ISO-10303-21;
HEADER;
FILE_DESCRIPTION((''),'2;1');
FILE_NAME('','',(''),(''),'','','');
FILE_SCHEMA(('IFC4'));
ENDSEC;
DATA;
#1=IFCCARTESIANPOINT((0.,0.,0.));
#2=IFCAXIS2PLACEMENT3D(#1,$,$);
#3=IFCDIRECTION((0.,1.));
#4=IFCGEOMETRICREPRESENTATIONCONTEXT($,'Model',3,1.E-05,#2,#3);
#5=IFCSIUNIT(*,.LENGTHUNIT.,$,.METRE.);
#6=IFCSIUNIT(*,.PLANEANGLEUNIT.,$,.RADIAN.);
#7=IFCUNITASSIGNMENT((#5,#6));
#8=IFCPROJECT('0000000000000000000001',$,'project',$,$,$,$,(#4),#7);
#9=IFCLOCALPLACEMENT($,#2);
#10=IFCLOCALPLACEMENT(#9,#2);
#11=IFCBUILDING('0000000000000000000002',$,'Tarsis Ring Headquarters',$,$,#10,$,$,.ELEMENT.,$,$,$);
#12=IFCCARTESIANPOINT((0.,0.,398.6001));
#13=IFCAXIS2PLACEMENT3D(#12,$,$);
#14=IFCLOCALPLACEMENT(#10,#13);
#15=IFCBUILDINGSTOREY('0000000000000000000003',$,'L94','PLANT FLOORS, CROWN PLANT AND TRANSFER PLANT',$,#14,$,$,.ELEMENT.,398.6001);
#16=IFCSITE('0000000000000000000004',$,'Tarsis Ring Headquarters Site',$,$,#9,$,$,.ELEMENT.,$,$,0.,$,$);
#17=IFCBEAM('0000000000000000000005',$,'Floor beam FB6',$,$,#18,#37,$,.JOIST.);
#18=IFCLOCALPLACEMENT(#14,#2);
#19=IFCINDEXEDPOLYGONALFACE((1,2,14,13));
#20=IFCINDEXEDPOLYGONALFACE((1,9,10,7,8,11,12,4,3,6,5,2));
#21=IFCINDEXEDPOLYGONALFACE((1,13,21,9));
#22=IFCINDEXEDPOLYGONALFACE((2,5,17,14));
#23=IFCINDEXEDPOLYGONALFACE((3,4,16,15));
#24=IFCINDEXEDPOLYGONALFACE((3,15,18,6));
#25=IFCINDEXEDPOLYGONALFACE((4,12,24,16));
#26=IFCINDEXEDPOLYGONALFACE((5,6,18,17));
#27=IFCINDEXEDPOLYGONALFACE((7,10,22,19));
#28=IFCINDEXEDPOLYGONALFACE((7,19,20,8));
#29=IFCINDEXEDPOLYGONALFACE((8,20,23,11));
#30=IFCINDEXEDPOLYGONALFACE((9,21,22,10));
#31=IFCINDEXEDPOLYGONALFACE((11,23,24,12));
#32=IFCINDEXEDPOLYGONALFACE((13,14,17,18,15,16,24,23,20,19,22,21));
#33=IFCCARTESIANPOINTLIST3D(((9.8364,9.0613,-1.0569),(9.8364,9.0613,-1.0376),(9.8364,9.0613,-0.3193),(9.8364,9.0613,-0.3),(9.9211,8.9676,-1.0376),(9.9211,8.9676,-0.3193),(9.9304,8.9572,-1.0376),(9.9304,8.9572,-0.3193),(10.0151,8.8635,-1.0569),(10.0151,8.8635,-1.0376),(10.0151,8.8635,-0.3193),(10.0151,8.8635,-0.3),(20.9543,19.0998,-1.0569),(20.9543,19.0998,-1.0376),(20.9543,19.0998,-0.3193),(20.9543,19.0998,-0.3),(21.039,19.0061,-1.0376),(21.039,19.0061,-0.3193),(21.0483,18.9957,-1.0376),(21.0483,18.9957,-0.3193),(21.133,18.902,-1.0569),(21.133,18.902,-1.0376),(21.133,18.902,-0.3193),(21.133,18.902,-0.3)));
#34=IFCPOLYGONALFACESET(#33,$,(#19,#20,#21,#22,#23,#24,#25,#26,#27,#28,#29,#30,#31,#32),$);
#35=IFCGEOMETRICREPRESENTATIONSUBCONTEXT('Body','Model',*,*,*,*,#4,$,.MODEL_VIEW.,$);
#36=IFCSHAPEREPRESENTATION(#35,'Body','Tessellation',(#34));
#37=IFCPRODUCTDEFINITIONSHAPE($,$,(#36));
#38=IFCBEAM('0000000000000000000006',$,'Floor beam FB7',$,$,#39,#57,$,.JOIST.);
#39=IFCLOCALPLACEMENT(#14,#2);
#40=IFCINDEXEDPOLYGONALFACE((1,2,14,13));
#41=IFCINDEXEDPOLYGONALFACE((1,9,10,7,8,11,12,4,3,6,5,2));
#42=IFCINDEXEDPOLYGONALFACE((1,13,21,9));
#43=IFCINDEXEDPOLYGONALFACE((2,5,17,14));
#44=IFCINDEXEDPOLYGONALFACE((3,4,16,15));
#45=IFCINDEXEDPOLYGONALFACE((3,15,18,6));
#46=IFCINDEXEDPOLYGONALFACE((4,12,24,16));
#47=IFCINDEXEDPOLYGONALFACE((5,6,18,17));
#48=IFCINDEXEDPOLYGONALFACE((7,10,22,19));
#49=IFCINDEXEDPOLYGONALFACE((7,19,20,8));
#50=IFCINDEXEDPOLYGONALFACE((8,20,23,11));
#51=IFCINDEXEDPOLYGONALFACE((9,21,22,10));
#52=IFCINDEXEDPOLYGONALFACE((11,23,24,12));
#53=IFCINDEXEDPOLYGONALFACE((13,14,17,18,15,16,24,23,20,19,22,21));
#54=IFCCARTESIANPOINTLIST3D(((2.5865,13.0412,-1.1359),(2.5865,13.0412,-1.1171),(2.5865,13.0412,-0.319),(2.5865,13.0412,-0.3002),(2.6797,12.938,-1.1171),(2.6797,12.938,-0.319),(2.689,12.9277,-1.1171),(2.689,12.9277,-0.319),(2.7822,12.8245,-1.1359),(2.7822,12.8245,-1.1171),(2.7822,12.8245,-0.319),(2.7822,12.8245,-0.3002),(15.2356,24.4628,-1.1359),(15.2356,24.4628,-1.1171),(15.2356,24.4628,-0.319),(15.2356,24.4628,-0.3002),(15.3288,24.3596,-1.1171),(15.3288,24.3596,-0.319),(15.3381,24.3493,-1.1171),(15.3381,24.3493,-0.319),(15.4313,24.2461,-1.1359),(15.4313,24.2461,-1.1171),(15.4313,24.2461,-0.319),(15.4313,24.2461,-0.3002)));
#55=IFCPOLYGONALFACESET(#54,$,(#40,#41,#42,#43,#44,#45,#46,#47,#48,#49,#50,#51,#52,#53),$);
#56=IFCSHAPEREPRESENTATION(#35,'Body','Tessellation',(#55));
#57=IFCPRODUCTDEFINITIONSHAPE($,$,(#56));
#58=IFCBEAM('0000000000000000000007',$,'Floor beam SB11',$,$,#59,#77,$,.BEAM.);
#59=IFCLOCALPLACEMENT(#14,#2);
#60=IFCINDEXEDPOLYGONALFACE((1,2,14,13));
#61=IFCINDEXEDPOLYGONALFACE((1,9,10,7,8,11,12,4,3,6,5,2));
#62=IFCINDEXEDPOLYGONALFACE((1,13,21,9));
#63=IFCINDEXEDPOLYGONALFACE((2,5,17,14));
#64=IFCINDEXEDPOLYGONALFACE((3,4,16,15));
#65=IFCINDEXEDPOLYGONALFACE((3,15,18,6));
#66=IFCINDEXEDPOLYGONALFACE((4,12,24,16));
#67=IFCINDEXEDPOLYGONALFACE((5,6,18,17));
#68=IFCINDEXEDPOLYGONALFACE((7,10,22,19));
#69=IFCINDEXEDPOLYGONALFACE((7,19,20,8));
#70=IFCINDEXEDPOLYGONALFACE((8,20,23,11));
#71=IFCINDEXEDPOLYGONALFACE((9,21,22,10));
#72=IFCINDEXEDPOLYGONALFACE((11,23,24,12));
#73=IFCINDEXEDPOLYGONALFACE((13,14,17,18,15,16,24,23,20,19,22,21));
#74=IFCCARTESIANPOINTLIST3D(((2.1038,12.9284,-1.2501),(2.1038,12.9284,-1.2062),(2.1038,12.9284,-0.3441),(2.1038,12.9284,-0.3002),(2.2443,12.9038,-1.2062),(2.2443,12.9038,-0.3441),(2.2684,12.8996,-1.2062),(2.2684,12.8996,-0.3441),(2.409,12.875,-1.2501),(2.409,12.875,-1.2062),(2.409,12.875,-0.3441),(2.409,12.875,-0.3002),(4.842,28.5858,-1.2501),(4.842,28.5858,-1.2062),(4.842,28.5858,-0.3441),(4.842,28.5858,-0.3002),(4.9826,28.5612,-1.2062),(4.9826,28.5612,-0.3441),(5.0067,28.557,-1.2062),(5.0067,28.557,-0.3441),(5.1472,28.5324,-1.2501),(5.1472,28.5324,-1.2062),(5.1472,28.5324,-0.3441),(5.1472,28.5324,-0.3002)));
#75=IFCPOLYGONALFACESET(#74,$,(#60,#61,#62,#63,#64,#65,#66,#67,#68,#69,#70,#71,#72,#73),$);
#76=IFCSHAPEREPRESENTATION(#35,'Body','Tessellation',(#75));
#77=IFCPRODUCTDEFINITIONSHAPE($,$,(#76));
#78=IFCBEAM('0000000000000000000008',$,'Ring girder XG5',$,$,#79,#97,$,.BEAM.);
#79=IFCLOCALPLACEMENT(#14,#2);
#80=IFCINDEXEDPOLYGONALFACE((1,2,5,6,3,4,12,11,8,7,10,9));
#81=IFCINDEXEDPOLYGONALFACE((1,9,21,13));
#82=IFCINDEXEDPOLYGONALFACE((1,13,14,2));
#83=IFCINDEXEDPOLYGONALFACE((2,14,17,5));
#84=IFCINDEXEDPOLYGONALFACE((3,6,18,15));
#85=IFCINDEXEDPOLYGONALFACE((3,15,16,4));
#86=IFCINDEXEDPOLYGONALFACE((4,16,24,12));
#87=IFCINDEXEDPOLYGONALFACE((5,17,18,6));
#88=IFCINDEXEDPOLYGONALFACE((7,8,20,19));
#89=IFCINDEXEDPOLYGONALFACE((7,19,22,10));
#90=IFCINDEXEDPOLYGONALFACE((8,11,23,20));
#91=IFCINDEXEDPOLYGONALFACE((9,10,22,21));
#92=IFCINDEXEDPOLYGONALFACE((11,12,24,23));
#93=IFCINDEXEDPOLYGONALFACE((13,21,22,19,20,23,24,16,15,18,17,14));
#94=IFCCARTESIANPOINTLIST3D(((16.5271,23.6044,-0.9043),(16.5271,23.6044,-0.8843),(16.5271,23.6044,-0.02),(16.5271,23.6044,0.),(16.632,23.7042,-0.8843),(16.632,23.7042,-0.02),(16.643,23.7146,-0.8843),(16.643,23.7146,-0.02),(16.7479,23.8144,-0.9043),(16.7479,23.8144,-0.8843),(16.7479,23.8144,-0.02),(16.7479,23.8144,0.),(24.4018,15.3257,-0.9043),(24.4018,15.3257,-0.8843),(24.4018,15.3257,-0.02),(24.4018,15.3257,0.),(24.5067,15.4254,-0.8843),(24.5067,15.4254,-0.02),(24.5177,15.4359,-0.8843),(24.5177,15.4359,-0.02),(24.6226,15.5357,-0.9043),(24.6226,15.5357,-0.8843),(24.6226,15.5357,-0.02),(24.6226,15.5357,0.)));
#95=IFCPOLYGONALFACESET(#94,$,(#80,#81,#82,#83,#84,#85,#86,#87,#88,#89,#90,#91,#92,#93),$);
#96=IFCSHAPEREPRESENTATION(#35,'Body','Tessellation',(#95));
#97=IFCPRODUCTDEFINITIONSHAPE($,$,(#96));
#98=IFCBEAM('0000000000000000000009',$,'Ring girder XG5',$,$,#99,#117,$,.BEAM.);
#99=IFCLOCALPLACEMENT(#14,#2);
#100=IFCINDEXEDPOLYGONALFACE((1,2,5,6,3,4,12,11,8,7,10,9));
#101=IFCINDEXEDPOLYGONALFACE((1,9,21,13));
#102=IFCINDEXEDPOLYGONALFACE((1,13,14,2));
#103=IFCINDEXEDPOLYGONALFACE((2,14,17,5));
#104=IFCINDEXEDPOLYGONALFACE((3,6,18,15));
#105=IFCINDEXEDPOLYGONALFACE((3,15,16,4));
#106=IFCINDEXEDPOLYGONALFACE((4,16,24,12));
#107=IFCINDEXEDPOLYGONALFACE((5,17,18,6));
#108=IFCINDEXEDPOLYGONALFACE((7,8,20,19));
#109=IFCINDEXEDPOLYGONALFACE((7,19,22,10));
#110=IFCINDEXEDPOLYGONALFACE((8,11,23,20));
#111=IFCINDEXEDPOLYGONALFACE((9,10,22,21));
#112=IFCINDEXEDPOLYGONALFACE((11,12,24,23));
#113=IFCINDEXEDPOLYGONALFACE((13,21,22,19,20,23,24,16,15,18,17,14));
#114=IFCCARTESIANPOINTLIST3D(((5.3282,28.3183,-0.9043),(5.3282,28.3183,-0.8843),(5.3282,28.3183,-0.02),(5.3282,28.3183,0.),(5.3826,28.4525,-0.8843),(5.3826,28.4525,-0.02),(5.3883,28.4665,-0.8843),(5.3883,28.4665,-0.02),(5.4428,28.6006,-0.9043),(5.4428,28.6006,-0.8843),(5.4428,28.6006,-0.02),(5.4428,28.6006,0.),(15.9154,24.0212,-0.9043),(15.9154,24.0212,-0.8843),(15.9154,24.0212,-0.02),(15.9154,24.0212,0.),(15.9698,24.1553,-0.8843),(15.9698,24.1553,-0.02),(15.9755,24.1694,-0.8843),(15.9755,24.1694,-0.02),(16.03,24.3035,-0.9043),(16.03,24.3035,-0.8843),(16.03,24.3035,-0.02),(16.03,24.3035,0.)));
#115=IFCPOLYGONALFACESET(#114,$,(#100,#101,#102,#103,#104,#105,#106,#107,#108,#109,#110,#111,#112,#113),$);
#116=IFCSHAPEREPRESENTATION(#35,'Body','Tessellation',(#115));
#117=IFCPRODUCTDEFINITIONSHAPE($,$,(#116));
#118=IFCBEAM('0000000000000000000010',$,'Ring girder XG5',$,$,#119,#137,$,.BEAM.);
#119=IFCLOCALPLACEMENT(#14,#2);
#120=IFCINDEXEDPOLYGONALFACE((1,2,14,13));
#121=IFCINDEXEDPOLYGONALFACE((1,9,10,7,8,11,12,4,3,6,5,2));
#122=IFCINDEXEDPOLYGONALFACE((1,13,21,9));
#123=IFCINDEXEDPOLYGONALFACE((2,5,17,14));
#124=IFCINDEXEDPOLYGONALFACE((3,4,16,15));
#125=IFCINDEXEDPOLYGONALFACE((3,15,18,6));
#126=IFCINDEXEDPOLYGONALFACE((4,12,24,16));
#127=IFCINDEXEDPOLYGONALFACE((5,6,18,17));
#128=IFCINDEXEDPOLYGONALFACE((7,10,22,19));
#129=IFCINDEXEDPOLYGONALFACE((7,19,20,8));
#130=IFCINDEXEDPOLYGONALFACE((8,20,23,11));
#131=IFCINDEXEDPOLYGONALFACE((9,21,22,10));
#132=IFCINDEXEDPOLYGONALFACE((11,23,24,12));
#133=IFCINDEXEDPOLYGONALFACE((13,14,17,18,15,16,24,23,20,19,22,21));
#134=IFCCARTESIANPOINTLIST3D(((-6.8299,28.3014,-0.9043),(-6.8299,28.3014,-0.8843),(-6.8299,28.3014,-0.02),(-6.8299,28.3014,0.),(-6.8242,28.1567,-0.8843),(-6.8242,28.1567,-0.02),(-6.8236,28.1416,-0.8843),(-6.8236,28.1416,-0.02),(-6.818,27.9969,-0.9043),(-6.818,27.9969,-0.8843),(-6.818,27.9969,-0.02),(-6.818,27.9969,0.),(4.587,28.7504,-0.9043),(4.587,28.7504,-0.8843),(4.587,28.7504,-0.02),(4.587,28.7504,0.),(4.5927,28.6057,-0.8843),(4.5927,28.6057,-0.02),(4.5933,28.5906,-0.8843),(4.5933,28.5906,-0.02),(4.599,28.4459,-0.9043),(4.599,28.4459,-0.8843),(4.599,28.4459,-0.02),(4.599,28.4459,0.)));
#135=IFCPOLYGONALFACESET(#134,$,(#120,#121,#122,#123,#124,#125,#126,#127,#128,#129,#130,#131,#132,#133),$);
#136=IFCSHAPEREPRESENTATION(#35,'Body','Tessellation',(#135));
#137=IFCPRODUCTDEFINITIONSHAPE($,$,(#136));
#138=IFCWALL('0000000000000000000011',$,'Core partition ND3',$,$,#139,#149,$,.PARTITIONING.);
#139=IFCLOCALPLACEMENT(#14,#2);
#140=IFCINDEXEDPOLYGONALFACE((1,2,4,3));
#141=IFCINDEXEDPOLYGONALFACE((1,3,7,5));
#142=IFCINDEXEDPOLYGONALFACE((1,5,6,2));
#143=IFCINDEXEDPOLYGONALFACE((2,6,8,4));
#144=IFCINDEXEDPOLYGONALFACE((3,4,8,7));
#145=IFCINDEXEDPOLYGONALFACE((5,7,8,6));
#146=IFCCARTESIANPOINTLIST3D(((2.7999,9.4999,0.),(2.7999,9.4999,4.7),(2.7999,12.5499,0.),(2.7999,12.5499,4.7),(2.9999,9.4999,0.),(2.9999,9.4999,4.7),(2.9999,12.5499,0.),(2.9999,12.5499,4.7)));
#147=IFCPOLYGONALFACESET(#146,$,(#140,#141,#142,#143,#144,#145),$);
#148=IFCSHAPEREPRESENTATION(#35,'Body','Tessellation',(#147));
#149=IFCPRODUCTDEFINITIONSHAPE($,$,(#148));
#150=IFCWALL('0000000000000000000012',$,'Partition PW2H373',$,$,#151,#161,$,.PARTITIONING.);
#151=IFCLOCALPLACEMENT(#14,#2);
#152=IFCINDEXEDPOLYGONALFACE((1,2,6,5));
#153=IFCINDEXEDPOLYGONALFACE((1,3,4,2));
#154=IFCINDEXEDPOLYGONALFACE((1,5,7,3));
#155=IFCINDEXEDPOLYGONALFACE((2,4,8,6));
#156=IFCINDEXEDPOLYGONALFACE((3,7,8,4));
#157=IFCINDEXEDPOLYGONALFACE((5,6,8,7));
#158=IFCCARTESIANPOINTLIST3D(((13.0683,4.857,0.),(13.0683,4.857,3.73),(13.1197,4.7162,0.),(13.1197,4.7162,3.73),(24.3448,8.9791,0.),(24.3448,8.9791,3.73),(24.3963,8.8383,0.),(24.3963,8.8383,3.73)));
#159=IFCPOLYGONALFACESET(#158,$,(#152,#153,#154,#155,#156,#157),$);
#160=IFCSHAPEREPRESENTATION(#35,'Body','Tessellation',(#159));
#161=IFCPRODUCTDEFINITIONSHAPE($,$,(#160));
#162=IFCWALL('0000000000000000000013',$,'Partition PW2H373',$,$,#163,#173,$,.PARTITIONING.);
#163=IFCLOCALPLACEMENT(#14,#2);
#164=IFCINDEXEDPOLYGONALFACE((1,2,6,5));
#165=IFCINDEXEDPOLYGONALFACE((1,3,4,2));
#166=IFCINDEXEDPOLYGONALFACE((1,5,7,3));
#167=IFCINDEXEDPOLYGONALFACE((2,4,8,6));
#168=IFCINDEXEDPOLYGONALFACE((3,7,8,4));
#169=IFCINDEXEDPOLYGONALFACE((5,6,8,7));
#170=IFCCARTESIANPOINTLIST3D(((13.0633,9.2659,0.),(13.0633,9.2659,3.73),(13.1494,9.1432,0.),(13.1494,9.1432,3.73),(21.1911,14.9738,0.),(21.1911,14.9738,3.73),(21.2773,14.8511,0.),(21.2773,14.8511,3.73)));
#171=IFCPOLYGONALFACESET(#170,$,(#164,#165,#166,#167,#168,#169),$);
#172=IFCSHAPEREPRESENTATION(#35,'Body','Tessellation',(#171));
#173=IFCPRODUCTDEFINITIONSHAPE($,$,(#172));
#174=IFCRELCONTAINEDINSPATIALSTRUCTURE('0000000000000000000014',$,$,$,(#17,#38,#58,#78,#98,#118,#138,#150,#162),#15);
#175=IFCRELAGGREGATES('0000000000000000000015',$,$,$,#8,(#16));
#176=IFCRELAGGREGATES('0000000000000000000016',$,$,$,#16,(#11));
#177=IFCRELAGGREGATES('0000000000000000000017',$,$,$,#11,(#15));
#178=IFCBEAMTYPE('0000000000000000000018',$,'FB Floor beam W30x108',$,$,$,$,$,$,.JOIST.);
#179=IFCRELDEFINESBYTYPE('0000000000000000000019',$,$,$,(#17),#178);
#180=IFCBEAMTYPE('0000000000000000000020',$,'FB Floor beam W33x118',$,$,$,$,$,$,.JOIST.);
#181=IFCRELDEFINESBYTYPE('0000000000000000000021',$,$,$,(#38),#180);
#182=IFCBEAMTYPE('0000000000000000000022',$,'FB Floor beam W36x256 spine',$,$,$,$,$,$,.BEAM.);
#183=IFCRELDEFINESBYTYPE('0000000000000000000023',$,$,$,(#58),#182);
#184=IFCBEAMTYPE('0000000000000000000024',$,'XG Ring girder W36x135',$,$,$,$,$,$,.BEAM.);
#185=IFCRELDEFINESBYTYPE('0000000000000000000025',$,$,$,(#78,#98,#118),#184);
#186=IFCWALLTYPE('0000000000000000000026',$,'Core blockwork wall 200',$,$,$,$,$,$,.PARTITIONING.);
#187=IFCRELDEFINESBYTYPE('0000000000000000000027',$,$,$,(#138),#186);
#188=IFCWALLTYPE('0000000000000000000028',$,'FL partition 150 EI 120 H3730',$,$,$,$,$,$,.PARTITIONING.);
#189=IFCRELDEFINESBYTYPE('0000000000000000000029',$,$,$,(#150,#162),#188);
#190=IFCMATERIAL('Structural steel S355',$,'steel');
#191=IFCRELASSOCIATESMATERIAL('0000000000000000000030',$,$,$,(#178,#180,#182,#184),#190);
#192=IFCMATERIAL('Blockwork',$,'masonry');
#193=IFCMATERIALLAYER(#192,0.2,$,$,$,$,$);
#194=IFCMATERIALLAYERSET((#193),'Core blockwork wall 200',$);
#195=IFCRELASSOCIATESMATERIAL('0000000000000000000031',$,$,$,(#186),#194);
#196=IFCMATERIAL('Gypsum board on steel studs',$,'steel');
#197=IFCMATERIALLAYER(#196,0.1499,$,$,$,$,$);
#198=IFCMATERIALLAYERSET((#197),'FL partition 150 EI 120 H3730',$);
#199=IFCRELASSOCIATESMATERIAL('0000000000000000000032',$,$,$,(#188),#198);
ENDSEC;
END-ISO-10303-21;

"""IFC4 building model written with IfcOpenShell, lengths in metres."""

from ifc_helpers import new_model, si_unit, direction, frame, frame_2d, origin, origin_2d, place, context, subcontext, project, spatial, rectangle, i_section, extrude, material, layer, layer_set, material_profile, profile_set, type_object, element, save


model = new_model("IFC4")

# Units and contexts
model_context = context("Model", 3, precision=1e-05, world=origin(), true_north=direction((0.0, 1.0)))
body_context = subcontext(model_context, "Body", "Model", "MODEL_VIEW")
ifc_project = project(units=[si_unit("LENGTHUNIT", "METRE"), si_unit("PLANEANGLEUNIT", "RADIAN")], contexts=[model_context])

# Site, building, storey
site_placement = place(None, origin())
site = spatial("IfcSite", under=ifc_project, at=site_placement, Name="Tarsis Ring Headquarters Site", CompositionType="ELEMENT", RefElevation=0.0)
building_placement = place(site_placement, origin())
building = spatial("IfcBuilding", under=site, at=building_placement, Name="Tarsis Ring Headquarters", CompositionType="ELEMENT")
storey_placement = place(building_placement, frame((0.0, 0.0, 398.6001)))
storey = spatial("IfcBuildingStorey", under=building, at=storey_placement, Name="L94", Description="PLANT FLOORS, CROWN PLANT AND TRANSFER PLANT", CompositionType="ELEMENT", Elevation=398.6001)

# Shared definitions
ifc_material_1 = material(Name="Structural steel S355", Category="steel")

# Beams
ifc_material_profile_1 = material_profile(ifc_material_1, i_section(OverallWidth=0.2666, OverallDepth=0.7568, WebThickness=0.0139, FlangeThickness=0.0193, at=origin_2d()), Name="W30x108")
ifc_profile_set_1 = profile_set([ifc_material_profile_1], Name="Structural steel S355")
beam_type_1 = type_object("IfcBeamType", Name="FB Floor beam W30x108", PredefinedType="JOIST", material=ifc_profile_set_1)
beam_1_placement = place(storey_placement, frame((9.9258, 8.9624, -0.6785), z_axis=(0.742216, 0.670161, 0.0), x_axis=(-0.670161, 0.742216, 0.0)))
element("IfcBeam", 1, at=beam_1_placement, inside=storey, type_object=beam_type_1, Name="Floor beam FB6", PredefinedType="JOIST", context=body_context, shape_type="SweptSolid", body=[
    extrude(i_section(OverallWidth=0.2666, OverallDepth=0.7568, WebThickness=0.0139, FlangeThickness=0.0193, at=origin_2d()), origin(), (0.0, 0.0, 1.0), 14.9792),
])
ifc_material_profile_2 = material_profile(ifc_material_1, i_section(OverallWidth=0.292, OverallDepth=0.8357, WebThickness=0.0139, FlangeThickness=0.0188, at=origin_2d()), Name="W33x118")
ifc_profile_set_2 = profile_set([ifc_material_profile_2], Name="Structural steel S355")
beam_type_2 = type_object("IfcBeamType", Name="FB Floor beam W33x118", PredefinedType="JOIST", material=ifc_profile_set_2)
beam_2_placement = place(storey_placement, frame((2.6843, 12.9329, -0.718), z_axis=(0.742203, 0.670176, 0.0), x_axis=(-0.670176, 0.742203, 0.0)))
element("IfcBeam", 2, at=beam_2_placement, inside=storey, type_object=beam_type_2, Name="Floor beam FB7", PredefinedType="JOIST", context=body_context, shape_type="SweptSolid", body=[
    extrude(i_section(OverallWidth=0.292, OverallDepth=0.8357, WebThickness=0.0139, FlangeThickness=0.0188, at=origin_2d()), origin(), (0.0, 0.0, 1.0), 17.0427),
])
ifc_material_profile_3 = material_profile(ifc_material_1, i_section(OverallWidth=0.3098, OverallDepth=0.95, WebThickness=0.0244, FlangeThickness=0.0439, at=origin_2d()), Name="W36x256")
ifc_profile_set_3 = profile_set([ifc_material_profile_3], Name="Structural steel S355")
beam_type_3 = type_object("IfcBeamType", Name="FB Floor beam W36x256 spine", PredefinedType="BEAM", material=ifc_profile_set_3)
beam_3_placement = place(storey_placement, frame((4.9946, 28.5591, -0.7751), z_axis=(-0.172272, -0.985049, 0.0), x_axis=(0.985049, -0.172272, 0.0)))
element("IfcBeam", 3, at=beam_3_placement, inside=storey, type_object=beam_type_3, Name="Floor beam SB11", PredefinedType="BEAM", context=body_context, shape_type="SweptSolid", body=[
    extrude(i_section(OverallWidth=0.3098, OverallDepth=0.95, WebThickness=0.0244, FlangeThickness=0.0439, at=origin_2d()), origin(), (0.0, 0.0, 1.0), 15.895),
])
ifc_material_profile_4 = material_profile(ifc_material_1, i_section(OverallWidth=0.3047, OverallDepth=0.9043, WebThickness=0.0151, FlangeThickness=0.02, at=origin_2d()), Name="W36x135")
ifc_profile_set_4 = profile_set([ifc_material_profile_4], Name="Structural steel S355")
beam_type_4 = type_object("IfcBeamType", Name="XG Ring girder W36x135", PredefinedType="BEAM", material=ifc_profile_set_4)
beam_4_placement = place(storey_placement, frame((24.5122, 15.4307, -0.4521), z_axis=(-0.689204, 0.724567, 0.0), x_axis=(-0.724567, -0.689204, 0.0)))
element("IfcBeam", 4, at=beam_4_placement, inside=storey, type_object=beam_type_4, Name="Ring girder XG5", PredefinedType="BEAM", context=body_context, shape_type="SweptSolid", body=[
    extrude(i_section(OverallWidth=0.3047, OverallDepth=0.9043, WebThickness=0.0151, FlangeThickness=0.02, at=origin_2d()), origin(), (0.0, 0.0, 1.0), 11.4258),
])
beam_5_placement = place(storey_placement, frame((15.9727, 24.1624, -0.4521), z_axis=(-0.926586, 0.376083, 0.0), x_axis=(-0.376083, -0.926586, 0.0)))
element("IfcBeam", 5, at=beam_5_placement, inside=storey, type_object=beam_type_4, Name="Ring girder XG5", PredefinedType="BEAM", context=body_context, shape_type="SweptSolid", body=[
    extrude(i_section(OverallWidth=0.3047, OverallDepth=0.9043, WebThickness=0.0151, FlangeThickness=0.02, at=origin_2d()), origin(), (0.0, 0.0, 1.0), 11.426),
])
beam_6_placement = place(storey_placement, frame((4.593, 28.5981, -0.4521), z_axis=(-0.999228, -0.039295, 0.0), x_axis=(0.039295, -0.999228, 0.0)))
element("IfcBeam", 6, at=beam_6_placement, inside=storey, type_object=beam_type_4, Name="Ring girder XG5", PredefinedType="BEAM", context=body_context, shape_type="SweptSolid", body=[
    extrude(i_section(OverallWidth=0.3047, OverallDepth=0.9043, WebThickness=0.0151, FlangeThickness=0.02, at=origin_2d()), origin(), (0.0, 0.0, 1.0), 11.4258),
])

# Walls
ifc_material_2 = material(Name="Blockwork", Category="masonry")
ifc_layer_1 = layer(ifc_material_2, 0.2)
ifc_layer_set_1 = layer_set([ifc_layer_1], Name="Core blockwork wall 200")
wall_type_1 = type_object("IfcWallType", Name="Core blockwork wall 200", PredefinedType="PARTITIONING", material=ifc_layer_set_1)
wall_1_placement = place(storey_placement, frame((2.8999, 9.5, 0.0), z_axis=(0.0, 0.0, 1.0), x_axis=(0.0, 1.0, 0.0)))
element("IfcWall", 7, at=wall_1_placement, inside=storey, type_object=wall_type_1, Name="Core partition ND3", PredefinedType="PARTITIONING", context=body_context, shape_type="SweptSolid", body=[
    extrude(rectangle(XDim=3.05, YDim=0.2, at=frame_2d((1.5249, 0.0))), origin(), (0.0, 0.0, 1.0), 4.7),
])
ifc_material_3 = material(Name="Gypsum board on steel studs", Category="steel")
ifc_layer_2 = layer(ifc_material_3, 0.1499)
ifc_layer_set_2 = layer_set([ifc_layer_2], Name="FL partition 150 EI 120 H3730")
wall_type_2 = type_object("IfcWallType", Name="FL partition 150 EI 120 H3730", PredefinedType="PARTITIONING", material=ifc_layer_set_2)
wall_2_placement = place(storey_placement, frame((13.094, 4.7866, 0.0), z_axis=(0.0, 0.0, 1.0), x_axis=(0.939217, 0.343323, 0.0)))
element("IfcWall", 8, at=wall_2_placement, inside=storey, type_object=wall_type_2, Name="Partition PW2H373", PredefinedType="PARTITIONING", context=body_context, shape_type="SweptSolid", body=[
    extrude(rectangle(XDim=12.0063, YDim=0.1499, at=frame_2d((6.0032, 0.0))), origin(), (0.0, 0.0, 1.0), 3.73),
])
wall_3_placement = place(storey_placement, frame((13.1064, 9.2046, 0.0), z_axis=(0.0, 0.0, 1.0), x_axis=(0.818358, 0.574709, 0.0)))
element("IfcWall", 9, at=wall_3_placement, inside=storey, type_object=wall_type_2, Name="Partition PW2H373", PredefinedType="PARTITIONING", context=body_context, shape_type="SweptSolid", body=[
    extrude(rectangle(XDim=9.9319, YDim=0.1499, at=frame_2d((4.9658, 0.0))), origin(), (0.0, 0.0, 1.0), 3.73),
])

save(model, "model.ifc")
